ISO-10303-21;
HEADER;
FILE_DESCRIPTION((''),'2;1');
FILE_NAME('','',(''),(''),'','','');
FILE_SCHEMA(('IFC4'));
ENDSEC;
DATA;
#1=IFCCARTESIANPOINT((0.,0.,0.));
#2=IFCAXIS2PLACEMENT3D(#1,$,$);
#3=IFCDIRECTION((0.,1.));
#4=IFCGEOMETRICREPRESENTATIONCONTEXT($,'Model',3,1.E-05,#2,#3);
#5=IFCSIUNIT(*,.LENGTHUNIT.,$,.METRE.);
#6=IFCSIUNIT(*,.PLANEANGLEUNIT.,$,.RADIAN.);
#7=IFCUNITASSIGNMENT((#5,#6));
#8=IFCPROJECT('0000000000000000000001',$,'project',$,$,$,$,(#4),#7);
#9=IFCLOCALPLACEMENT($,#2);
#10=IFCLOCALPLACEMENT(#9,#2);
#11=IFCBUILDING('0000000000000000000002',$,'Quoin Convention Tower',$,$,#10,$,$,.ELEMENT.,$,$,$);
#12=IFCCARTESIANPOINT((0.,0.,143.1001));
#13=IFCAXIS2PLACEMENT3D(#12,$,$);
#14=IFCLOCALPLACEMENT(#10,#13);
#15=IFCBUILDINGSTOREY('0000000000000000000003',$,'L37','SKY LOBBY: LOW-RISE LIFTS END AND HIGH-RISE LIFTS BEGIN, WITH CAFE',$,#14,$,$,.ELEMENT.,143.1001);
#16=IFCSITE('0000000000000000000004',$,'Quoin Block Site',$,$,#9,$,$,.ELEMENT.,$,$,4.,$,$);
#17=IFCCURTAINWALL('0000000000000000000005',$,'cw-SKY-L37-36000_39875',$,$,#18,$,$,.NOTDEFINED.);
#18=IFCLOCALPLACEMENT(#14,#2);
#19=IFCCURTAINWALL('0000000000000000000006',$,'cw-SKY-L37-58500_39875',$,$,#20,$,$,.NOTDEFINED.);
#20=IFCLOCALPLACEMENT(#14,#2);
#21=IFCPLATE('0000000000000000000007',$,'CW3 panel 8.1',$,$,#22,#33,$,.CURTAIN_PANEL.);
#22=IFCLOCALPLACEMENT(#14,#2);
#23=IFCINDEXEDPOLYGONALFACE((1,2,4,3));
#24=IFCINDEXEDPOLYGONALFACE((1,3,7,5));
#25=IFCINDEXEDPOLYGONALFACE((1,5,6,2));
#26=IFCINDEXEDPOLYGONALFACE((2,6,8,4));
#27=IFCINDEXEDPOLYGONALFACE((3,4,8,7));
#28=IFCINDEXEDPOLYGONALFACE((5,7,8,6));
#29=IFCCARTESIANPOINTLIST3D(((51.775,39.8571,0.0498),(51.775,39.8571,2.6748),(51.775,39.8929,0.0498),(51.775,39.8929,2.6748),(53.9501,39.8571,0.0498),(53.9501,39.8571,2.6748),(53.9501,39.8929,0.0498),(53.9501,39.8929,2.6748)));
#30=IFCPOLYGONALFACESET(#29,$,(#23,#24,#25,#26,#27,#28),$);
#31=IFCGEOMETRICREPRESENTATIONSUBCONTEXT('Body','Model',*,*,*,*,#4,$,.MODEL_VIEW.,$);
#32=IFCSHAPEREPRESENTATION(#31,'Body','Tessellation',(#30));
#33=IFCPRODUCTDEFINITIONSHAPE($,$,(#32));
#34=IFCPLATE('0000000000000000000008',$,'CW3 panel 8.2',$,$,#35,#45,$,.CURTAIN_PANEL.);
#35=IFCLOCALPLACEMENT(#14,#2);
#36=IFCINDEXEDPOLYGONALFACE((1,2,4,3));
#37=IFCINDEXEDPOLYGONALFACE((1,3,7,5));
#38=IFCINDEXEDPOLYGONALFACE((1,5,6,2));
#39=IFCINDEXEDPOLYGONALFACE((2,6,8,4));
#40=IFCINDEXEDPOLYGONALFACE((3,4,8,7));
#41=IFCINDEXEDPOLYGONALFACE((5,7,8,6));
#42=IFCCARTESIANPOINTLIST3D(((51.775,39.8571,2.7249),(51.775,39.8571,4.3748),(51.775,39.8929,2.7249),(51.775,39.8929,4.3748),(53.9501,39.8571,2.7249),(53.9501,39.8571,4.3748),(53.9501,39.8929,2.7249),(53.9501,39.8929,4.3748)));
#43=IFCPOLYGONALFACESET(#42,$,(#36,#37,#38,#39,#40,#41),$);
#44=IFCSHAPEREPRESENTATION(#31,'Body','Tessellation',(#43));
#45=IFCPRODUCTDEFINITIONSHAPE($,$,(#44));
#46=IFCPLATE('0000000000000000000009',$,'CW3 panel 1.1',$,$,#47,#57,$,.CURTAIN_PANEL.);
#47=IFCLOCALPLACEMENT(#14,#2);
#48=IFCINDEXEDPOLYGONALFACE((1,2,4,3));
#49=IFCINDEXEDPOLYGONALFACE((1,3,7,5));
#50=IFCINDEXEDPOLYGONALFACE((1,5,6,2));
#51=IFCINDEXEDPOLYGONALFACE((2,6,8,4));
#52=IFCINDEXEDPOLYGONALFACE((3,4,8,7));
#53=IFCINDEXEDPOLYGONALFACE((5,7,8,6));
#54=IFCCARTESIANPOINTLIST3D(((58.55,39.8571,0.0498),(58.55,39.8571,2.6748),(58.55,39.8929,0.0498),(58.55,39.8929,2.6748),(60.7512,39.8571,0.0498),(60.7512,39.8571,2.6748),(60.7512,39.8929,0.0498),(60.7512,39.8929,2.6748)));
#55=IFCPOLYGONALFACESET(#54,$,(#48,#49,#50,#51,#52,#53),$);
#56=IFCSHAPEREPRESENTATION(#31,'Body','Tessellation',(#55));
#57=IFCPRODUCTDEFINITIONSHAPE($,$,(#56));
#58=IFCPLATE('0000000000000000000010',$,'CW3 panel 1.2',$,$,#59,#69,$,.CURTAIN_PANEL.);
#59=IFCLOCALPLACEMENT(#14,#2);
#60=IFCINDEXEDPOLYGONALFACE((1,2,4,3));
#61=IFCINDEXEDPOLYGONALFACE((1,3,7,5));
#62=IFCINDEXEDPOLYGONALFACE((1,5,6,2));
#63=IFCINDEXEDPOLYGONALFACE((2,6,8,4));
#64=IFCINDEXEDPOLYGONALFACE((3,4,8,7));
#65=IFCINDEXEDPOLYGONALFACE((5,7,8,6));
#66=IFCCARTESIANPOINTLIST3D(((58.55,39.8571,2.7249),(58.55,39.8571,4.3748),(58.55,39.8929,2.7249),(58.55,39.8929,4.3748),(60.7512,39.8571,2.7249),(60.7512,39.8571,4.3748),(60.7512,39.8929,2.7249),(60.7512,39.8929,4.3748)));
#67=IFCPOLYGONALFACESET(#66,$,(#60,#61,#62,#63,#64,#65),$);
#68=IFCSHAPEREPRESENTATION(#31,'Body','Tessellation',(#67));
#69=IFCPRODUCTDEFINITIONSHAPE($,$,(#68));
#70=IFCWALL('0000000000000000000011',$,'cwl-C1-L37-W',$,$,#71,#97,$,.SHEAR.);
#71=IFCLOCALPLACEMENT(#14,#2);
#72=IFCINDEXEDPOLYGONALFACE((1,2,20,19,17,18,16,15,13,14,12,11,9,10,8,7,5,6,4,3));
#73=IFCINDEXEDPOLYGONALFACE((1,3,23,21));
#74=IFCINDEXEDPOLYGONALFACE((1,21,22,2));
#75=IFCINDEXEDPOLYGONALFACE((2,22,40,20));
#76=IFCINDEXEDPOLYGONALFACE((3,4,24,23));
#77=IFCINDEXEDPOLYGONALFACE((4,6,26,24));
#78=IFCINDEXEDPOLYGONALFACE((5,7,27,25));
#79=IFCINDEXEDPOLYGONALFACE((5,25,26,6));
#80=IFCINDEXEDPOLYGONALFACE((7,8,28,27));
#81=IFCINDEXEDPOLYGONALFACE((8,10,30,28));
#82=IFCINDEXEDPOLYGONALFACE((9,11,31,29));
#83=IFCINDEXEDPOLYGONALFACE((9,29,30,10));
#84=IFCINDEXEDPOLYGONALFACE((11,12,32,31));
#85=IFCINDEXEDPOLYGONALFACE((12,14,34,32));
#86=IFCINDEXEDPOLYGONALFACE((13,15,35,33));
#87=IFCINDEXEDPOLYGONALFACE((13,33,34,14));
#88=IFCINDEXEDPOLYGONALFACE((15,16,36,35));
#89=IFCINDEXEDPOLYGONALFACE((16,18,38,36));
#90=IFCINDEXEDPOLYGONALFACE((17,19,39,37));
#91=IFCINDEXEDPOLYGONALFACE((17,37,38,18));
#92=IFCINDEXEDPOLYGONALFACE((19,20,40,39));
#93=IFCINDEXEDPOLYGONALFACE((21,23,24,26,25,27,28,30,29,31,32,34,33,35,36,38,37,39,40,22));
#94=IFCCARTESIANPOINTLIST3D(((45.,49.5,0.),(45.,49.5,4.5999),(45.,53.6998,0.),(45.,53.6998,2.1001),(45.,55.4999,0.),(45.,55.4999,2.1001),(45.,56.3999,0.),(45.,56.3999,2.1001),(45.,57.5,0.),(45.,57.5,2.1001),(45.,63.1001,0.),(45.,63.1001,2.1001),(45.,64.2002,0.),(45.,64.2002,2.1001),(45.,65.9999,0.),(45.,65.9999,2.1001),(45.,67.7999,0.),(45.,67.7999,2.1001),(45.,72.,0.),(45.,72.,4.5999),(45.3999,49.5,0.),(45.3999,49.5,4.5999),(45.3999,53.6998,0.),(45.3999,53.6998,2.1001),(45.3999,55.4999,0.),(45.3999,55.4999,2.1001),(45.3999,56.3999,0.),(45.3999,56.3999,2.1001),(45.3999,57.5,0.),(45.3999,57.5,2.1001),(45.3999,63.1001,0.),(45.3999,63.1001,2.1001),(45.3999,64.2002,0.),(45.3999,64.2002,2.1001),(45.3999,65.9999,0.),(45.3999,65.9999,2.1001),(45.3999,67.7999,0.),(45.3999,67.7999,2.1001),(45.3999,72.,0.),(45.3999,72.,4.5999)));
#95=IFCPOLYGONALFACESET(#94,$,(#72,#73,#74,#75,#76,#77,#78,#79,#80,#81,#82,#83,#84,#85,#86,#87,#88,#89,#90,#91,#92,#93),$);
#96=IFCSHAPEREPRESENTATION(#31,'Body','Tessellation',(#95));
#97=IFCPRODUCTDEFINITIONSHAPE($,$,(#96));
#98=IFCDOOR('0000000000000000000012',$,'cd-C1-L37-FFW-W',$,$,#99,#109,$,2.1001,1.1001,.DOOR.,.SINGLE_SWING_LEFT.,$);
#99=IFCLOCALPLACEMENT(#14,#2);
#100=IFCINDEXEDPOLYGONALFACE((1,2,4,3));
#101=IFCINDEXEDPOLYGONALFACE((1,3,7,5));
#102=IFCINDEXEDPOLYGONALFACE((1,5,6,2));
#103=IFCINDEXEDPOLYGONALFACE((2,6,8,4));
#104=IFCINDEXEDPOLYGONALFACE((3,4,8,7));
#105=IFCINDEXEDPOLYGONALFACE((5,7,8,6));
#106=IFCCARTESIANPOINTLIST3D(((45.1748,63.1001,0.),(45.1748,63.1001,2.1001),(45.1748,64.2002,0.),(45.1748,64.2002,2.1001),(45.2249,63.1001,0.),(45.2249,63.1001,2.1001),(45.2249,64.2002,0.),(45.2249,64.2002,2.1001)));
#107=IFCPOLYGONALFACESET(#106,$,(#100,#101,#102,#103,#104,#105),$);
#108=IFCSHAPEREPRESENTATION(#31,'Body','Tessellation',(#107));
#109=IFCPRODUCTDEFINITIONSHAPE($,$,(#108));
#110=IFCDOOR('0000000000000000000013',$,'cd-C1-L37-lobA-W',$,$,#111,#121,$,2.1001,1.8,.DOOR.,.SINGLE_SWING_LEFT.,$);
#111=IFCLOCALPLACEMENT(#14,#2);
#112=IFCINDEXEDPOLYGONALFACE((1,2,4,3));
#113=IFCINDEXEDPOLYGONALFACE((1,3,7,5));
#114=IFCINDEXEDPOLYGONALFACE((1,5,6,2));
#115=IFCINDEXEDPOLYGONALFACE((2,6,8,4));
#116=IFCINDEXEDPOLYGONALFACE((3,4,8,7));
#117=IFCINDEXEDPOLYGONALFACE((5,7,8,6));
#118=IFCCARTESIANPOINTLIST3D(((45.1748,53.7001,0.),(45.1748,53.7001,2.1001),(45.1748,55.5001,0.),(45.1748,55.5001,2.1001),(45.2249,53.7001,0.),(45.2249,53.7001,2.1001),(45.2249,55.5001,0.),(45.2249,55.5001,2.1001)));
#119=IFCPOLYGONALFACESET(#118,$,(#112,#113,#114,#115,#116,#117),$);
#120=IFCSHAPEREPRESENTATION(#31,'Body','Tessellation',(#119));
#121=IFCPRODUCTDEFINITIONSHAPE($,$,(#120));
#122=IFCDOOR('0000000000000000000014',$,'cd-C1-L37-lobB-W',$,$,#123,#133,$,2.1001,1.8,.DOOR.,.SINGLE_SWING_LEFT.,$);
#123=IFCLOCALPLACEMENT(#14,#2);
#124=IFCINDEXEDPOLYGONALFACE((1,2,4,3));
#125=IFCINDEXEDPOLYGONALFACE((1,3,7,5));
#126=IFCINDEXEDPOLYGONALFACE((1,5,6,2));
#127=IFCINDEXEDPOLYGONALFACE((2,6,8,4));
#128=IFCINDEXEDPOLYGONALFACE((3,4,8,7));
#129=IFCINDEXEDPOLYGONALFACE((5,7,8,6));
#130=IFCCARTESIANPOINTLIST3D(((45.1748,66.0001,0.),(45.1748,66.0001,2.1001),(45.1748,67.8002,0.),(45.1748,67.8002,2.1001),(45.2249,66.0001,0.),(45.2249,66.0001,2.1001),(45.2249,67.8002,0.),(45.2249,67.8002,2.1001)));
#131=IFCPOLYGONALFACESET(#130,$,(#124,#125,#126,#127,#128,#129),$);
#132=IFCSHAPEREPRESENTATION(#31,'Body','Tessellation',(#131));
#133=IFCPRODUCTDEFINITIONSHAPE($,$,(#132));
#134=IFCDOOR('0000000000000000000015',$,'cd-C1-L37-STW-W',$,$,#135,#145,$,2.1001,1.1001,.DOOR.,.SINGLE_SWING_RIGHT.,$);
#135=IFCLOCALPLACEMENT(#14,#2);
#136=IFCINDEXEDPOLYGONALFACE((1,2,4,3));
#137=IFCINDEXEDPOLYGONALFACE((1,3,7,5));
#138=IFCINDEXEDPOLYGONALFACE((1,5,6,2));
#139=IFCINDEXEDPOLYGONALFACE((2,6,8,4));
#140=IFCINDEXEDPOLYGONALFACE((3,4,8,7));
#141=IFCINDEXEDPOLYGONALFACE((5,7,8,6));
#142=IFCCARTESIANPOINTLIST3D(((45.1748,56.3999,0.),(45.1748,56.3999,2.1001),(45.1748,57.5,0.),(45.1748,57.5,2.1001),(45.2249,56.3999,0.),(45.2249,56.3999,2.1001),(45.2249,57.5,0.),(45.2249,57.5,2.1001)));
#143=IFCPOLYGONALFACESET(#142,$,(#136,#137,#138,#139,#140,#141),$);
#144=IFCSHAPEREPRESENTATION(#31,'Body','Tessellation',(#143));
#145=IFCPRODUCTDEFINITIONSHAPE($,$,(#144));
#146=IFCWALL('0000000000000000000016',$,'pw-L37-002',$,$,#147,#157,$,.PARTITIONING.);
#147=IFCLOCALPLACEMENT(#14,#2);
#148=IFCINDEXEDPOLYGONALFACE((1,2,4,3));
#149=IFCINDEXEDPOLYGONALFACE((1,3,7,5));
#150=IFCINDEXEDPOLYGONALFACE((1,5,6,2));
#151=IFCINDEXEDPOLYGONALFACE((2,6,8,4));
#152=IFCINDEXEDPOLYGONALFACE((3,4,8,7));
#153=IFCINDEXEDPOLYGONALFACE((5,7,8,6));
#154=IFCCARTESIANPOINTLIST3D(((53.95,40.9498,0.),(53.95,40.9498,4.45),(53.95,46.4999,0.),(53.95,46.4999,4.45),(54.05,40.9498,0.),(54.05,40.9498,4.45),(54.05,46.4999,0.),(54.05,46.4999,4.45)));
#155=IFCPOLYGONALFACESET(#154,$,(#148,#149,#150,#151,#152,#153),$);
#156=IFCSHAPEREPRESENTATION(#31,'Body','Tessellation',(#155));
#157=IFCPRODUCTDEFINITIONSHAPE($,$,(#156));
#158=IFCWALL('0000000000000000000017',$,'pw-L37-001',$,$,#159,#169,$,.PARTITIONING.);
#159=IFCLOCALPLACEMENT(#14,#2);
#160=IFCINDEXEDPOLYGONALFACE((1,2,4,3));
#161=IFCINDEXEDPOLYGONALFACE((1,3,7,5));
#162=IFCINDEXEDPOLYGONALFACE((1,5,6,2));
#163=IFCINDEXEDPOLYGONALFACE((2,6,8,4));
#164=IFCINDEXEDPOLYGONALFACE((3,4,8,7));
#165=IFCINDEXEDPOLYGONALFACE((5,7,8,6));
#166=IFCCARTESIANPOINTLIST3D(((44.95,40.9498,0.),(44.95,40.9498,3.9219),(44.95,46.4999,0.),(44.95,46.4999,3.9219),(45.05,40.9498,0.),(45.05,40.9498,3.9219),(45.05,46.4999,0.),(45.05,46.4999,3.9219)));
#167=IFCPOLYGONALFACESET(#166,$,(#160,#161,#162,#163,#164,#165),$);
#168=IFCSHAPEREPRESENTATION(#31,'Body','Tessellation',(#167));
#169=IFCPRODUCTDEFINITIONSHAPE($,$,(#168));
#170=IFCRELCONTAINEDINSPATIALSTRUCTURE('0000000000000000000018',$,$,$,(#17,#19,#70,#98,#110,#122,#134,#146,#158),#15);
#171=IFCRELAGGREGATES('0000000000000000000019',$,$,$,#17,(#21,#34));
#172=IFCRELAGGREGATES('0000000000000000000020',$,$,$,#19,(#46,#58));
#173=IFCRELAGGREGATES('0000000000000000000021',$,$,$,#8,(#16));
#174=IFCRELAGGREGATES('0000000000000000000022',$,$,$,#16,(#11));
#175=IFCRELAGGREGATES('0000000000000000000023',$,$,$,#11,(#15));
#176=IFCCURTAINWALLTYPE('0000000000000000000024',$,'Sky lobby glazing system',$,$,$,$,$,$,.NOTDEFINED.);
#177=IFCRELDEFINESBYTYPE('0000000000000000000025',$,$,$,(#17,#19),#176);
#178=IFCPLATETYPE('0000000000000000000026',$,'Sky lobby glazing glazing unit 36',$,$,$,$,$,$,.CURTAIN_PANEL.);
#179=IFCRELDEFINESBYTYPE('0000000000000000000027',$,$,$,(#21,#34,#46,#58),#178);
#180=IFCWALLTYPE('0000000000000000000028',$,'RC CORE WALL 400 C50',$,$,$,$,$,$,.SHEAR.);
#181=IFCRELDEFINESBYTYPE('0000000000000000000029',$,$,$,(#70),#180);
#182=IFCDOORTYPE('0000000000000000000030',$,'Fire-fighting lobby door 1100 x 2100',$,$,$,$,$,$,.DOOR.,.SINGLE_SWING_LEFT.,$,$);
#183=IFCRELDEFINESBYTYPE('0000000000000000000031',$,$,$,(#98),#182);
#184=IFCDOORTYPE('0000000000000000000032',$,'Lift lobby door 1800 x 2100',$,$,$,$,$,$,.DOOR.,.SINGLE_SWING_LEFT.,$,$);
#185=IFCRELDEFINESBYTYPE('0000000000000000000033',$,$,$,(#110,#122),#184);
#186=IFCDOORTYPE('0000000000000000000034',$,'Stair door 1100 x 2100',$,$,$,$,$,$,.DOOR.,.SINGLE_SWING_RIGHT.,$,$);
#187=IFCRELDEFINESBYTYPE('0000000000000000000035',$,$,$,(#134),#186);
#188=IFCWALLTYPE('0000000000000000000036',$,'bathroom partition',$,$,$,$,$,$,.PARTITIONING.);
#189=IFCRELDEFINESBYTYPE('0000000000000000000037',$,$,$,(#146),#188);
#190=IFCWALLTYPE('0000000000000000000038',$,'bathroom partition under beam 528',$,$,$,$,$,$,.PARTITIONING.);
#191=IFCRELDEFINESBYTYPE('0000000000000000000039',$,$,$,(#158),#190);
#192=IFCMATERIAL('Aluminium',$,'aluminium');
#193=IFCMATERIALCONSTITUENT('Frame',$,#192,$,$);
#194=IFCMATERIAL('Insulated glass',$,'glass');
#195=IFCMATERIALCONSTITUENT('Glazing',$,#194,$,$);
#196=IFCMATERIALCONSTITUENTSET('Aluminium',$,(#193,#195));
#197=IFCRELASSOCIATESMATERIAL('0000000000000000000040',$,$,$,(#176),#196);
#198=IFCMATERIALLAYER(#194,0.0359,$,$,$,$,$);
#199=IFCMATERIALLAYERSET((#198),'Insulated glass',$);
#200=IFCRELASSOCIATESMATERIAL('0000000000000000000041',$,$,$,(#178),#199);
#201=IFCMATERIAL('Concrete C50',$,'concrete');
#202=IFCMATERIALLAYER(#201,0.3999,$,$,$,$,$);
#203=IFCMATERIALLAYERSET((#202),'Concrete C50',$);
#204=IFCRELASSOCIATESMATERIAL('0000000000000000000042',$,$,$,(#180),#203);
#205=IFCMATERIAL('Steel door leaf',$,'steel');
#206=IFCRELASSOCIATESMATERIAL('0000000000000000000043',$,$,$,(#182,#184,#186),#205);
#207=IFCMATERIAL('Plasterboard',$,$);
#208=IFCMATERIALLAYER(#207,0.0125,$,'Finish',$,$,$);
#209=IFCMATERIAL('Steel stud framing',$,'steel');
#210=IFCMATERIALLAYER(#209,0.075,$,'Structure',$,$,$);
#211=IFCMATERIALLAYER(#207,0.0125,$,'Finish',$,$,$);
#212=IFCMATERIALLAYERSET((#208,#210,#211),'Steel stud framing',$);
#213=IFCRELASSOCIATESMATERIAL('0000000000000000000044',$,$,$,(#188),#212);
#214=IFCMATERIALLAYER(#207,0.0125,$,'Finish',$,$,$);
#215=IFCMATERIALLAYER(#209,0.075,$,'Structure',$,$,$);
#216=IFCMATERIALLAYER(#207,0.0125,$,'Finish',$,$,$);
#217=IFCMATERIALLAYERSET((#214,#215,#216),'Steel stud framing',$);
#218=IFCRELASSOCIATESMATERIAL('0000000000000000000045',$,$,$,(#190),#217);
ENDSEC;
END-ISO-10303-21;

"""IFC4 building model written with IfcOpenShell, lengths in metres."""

from ifc_helpers import new_model, si_unit, direction, frame, frame_2d, origin, origin_2d, place, context, subcontext, project, spatial, rectangle, extrude, material, layer, layer_set, constituent, constituent_set, type_object, element, fill, aggregate, save


model = new_model("IFC4")

# Units and contexts
model_context = context("Model", 3, precision=1e-05, world=origin(), true_north=direction((0.0, 1.0)))
body_context = subcontext(model_context, "Body", "Model", "MODEL_VIEW")
ifc_project = project(units=[si_unit("LENGTHUNIT", "METRE"), si_unit("PLANEANGLEUNIT", "RADIAN")], contexts=[model_context])

# Site, building, storey
site_placement = place(None, origin())
site = spatial("IfcSite", under=ifc_project, at=site_placement, Name="Quoin Block Site", CompositionType="ELEMENT", RefElevation=4.0)
building_placement = place(site_placement, origin())
building = spatial("IfcBuilding", under=site, at=building_placement, Name="Quoin Convention Tower", CompositionType="ELEMENT")
storey_placement = place(building_placement, frame((0.0, 0.0, 143.1001)))
storey = spatial("IfcBuildingStorey", under=building, at=storey_placement, Name="L37", Description="SKY LOBBY: LOW-RISE LIFTS END AND HIGH-RISE LIFTS BEGIN, WITH CAFE", CompositionType="ELEMENT", Elevation=143.1001)

# Shared definitions
ifc_material_1 = material(Name="Concrete C50", Category="concrete")

# Curtain walls
ifc_material_2 = material(Name="Aluminium", Category="aluminium")
ifc_constituent_1 = constituent(ifc_material_2, Name="Frame")
ifc_material_3 = material(Name="Insulated glass", Category="glass")
ifc_constituent_2 = constituent(ifc_material_3, Name="Glazing")
ifc_constituent_set_1 = constituent_set(constituents=[ifc_constituent_1, ifc_constituent_2], Name="Aluminium")
curtain_wall_type = type_object("IfcCurtainWallType", Name="Sky lobby glazing system", PredefinedType="NOTDEFINED", material=ifc_constituent_set_1)
curtain_wall_1_placement = place(storey_placement, origin())
curtain_wall_1 = element("IfcCurtainWall", 1, at=curtain_wall_1_placement, inside=storey, type_object=curtain_wall_type, Name="cw-SKY-L37-36000_39875", PredefinedType="NOTDEFINED")
curtain_wall_2_placement = place(storey_placement, origin())
curtain_wall_2 = element("IfcCurtainWall", 2, at=curtain_wall_2_placement, inside=storey, type_object=curtain_wall_type, Name="cw-SKY-L37-58500_39875", PredefinedType="NOTDEFINED")

# Plates
ifc_layer_1 = layer(ifc_material_3, 0.0359)
ifc_layer_set_1 = layer_set([ifc_layer_1], Name="Insulated glass")
plate_type = type_object("IfcPlateType", Name="Sky lobby glazing glazing unit 36", PredefinedType="CURTAIN_PANEL", material=ifc_layer_set_1)
plate_1_placement = place(storey_placement, frame((52.8625, 39.875, 0.0498), z_axis=(0.0, 0.0, 1.0), x_axis=(1.0, 0.0, 0.0)))
plate_1 = element("IfcPlate", 3, at=plate_1_placement, type_object=plate_type, Name="CW3 panel 8.1", PredefinedType="CURTAIN_PANEL", context=body_context, shape_type="SweptSolid", body=[
    extrude(rectangle(XDim=2.175, YDim=0.0359, at=origin_2d()), origin(), (0.0, 0.0, 1.0), 2.625),
])
plate_2_placement = place(storey_placement, frame((52.8625, 39.875, 2.7249), z_axis=(0.0, 0.0, 1.0), x_axis=(1.0, 0.0, 0.0)))
plate_2 = element("IfcPlate", 4, at=plate_2_placement, type_object=plate_type, Name="CW3 panel 8.2", PredefinedType="CURTAIN_PANEL", context=body_context, shape_type="SweptSolid", body=[
    extrude(rectangle(XDim=2.175, YDim=0.0359, at=origin_2d()), origin(), (0.0, 0.0, 1.0), 1.6499),
])
aggregate(curtain_wall_1, [plate_1, plate_2])
plate_3_placement = place(storey_placement, frame((59.6506, 39.875, 0.0498), z_axis=(0.0, 0.0, 1.0), x_axis=(1.0, 0.0, 0.0)))
plate_3 = element("IfcPlate", 5, at=plate_3_placement, type_object=plate_type, Name="CW3 panel 1.1", PredefinedType="CURTAIN_PANEL", context=body_context, shape_type="SweptSolid", body=[
    extrude(rectangle(XDim=2.2012, YDim=0.0359, at=origin_2d()), origin(), (0.0, 0.0, 1.0), 2.625),
])
plate_4_placement = place(storey_placement, frame((59.6506, 39.875, 2.7249), z_axis=(0.0, 0.0, 1.0), x_axis=(1.0, 0.0, 0.0)))
plate_4 = element("IfcPlate", 6, at=plate_4_placement, type_object=plate_type, Name="CW3 panel 1.2", PredefinedType="CURTAIN_PANEL", context=body_context, shape_type="SweptSolid", body=[
    extrude(rectangle(XDim=2.2012, YDim=0.0359, at=origin_2d()), origin(), (0.0, 0.0, 1.0), 1.6499),
])
aggregate(curtain_wall_2, [plate_3, plate_4])

# Wall, openings, doors
ifc_layer_2 = layer(ifc_material_1, 0.3999)
ifc_layer_set_2 = layer_set([ifc_layer_2], Name="Concrete C50")
wall_type_1 = type_object("IfcWallType", Name="RC CORE WALL 400 C50", PredefinedType="SHEAR", material=ifc_layer_set_2)
wall_1_placement = place(storey_placement, frame((45.2, 49.5, 0.0), z_axis=(0.0, 0.0, 1.0), x_axis=(0.0, 1.0, 0.0)))
wall_1 = element("IfcWall", 7, at=wall_1_placement, inside=storey, type_object=wall_type_1, Name="cwl-C1-L37-W", PredefinedType="SHEAR", context=body_context, shape_type="SweptSolid", body=[
    extrude(rectangle(XDim=22.5, YDim=0.3999, at=frame_2d((11.25, 0.0))), origin(), (0.0, 0.0, 1.0), 4.5999),
])
opening_1_placement = place(wall_1_placement, frame((4.2, 0.0, 0.0)))
opening_1 = element("IfcOpeningElement", 8, at=opening_1_placement, cuts=wall_1, PredefinedType="OPENING", context=body_context, shape_type="SweptSolid", body=[
    extrude(rectangle(XDim=1.8, YDim=2.1001, at=frame_2d((0.8999, 1.05))), frame((0.0, 0.21, 0.0), z_axis=(0.0, -1.0, 0.0), x_axis=(1.0, 0.0, 0.0)), (0.0, 0.0, 1.0), 0.4199),
])
opening_2_placement = place(wall_1_placement, frame((6.8999, 0.0, 0.0)))
opening_2 = element("IfcOpeningElement", 9, at=opening_2_placement, cuts=wall_1, PredefinedType="OPENING", context=body_context, shape_type="SweptSolid", body=[
    extrude(rectangle(XDim=1.1001, YDim=2.1001, at=frame_2d((0.55, 1.05))), frame((0.0, 0.21, 0.0), z_axis=(0.0, -1.0, 0.0), x_axis=(1.0, 0.0, 0.0)), (0.0, 0.0, 1.0), 0.4199),
])
opening_3_placement = place(wall_1_placement, frame((13.6001, 0.0, 0.0)))
opening_3 = element("IfcOpeningElement", 10, at=opening_3_placement, cuts=wall_1, PredefinedType="OPENING", context=body_context, shape_type="SweptSolid", body=[
    extrude(rectangle(XDim=1.1001, YDim=2.1001, at=frame_2d((0.55, 1.05))), frame((0.0, 0.21, 0.0), z_axis=(0.0, -1.0, 0.0), x_axis=(1.0, 0.0, 0.0)), (0.0, 0.0, 1.0), 0.4199),
])
opening_4_placement = place(wall_1_placement, frame((16.5, 0.0, 0.0)))
opening_4 = element("IfcOpeningElement", 11, at=opening_4_placement, cuts=wall_1, PredefinedType="OPENING", context=body_context, shape_type="SweptSolid", body=[
    extrude(rectangle(XDim=1.8, YDim=2.1001, at=frame_2d((0.8999, 1.05))), frame((0.0, 0.21, 0.0), z_axis=(0.0, -1.0, 0.0), x_axis=(1.0, 0.0, 0.0)), (0.0, 0.0, 1.0), 0.4199),
])
ifc_material_4 = material(Name="Steel door leaf", Category="steel")
door_type_1 = type_object("IfcDoorType", Name="Fire-fighting lobby door 1100 x 2100", OperationType="SINGLE_SWING_LEFT", PredefinedType="DOOR", material=ifc_material_4)
door_1_placement = place(opening_3_placement, frame((1.1001, 0.0, 0.0), z_axis=(0.0, 0.0, 1.0), x_axis=(-1.0, 0.0, 0.0)))
door_1 = element("IfcDoor", 12, at=door_1_placement, inside=storey, type_object=door_type_1, Name="cd-C1-L37-FFW-W", OperationType="SINGLE_SWING_LEFT", OverallHeight=2.1001, OverallWidth=1.1001, PredefinedType="DOOR", context=body_context, shape_type="SweptSolid", body=[
    extrude(rectangle(XDim=1.1001, YDim=2.1001, at=frame_2d((0.55, 1.05))), frame((0.0, 0.0249, 0.0), z_axis=(0.0, -1.0, 0.0), x_axis=(1.0, 0.0, 0.0)), (0.0, 0.0, 1.0), 0.05),
])
fill(opening_3, door_1)
door_type_2 = type_object("IfcDoorType", Name="Lift lobby door 1800 x 2100", OperationType="SINGLE_SWING_LEFT", PredefinedType="DOOR", material=ifc_material_4)
door_2_placement = place(opening_1_placement, frame((1.8, 0.0, 0.0), z_axis=(0.0, 0.0, 1.0), x_axis=(-1.0, 0.0, 0.0)))
door_2 = element("IfcDoor", 13, at=door_2_placement, inside=storey, type_object=door_type_2, Name="cd-C1-L37-lobA-W", OperationType="SINGLE_SWING_LEFT", OverallHeight=2.1001, OverallWidth=1.8, PredefinedType="DOOR", context=body_context, shape_type="SweptSolid", body=[
    extrude(rectangle(XDim=1.8, YDim=2.1001, at=frame_2d((0.8999, 1.05))), frame((0.0, 0.0249, 0.0), z_axis=(0.0, -1.0, 0.0), x_axis=(1.0, 0.0, 0.0)), (0.0, 0.0, 1.0), 0.05),
])
fill(opening_1, door_2)
door_3_placement = place(opening_4_placement, frame((1.8, 0.0, 0.0), z_axis=(0.0, 0.0, 1.0), x_axis=(-1.0, 0.0, 0.0)))
door_3 = element("IfcDoor", 14, at=door_3_placement, inside=storey, type_object=door_type_2, Name="cd-C1-L37-lobB-W", OperationType="SINGLE_SWING_LEFT", OverallHeight=2.1001, OverallWidth=1.8, PredefinedType="DOOR", context=body_context, shape_type="SweptSolid", body=[
    extrude(rectangle(XDim=1.8, YDim=2.1001, at=frame_2d((0.8999, 1.05))), frame((0.0, 0.0249, 0.0), z_axis=(0.0, -1.0, 0.0), x_axis=(1.0, 0.0, 0.0)), (0.0, 0.0, 1.0), 0.05),
])
fill(opening_4, door_3)
door_type_3 = type_object("IfcDoorType", Name="Stair door 1100 x 2100", OperationType="SINGLE_SWING_RIGHT", PredefinedType="DOOR", material=ifc_material_4)
door_4_placement = place(opening_2_placement, frame((1.1001, 0.0, 0.0), z_axis=(0.0, 0.0, 1.0), x_axis=(-1.0, 0.0, 0.0)))
door_4 = element("IfcDoor", 15, at=door_4_placement, inside=storey, type_object=door_type_3, Name="cd-C1-L37-STW-W", OperationType="SINGLE_SWING_RIGHT", OverallHeight=2.1001, OverallWidth=1.1001, PredefinedType="DOOR", context=body_context, shape_type="SweptSolid", body=[
    extrude(rectangle(XDim=1.1001, YDim=2.1001, at=frame_2d((0.55, 1.05))), frame((0.0, 0.0249, 0.0), z_axis=(0.0, -1.0, 0.0), x_axis=(1.0, 0.0, 0.0)), (0.0, 0.0, 1.0), 0.05),
])
fill(opening_2, door_4)

# Walls
ifc_material_5 = material(Name="Plasterboard")
ifc_layer_3 = layer(ifc_material_5, 0.0125, Name="Finish")
ifc_material_6 = material(Name="Steel stud framing", Category="steel")
ifc_layer_4 = layer(ifc_material_6, 0.075, Name="Structure")
ifc_layer_5 = layer(ifc_material_5, 0.0125, Name="Finish")
ifc_layer_set_3 = layer_set([ifc_layer_3, ifc_layer_4, ifc_layer_5], Name="Steel stud framing")
wall_type_2 = type_object("IfcWallType", Name="bathroom partition", PredefinedType="PARTITIONING", material=ifc_layer_set_3)
wall_2_placement = place(storey_placement, frame((54.0, 40.95, 0.0), z_axis=(0.0, 0.0, 1.0), x_axis=(0.0, 1.0, 0.0)))
element("IfcWall", 16, at=wall_2_placement, inside=storey, type_object=wall_type_2, Name="pw-L37-002", PredefinedType="PARTITIONING", context=body_context, shape_type="SweptSolid", body=[
    extrude(rectangle(XDim=5.55, YDim=0.1001, at=frame_2d((2.7749, 0.0))), origin(), (0.0, 0.0, 1.0), 4.45),
])
ifc_layer_6 = layer(ifc_material_5, 0.0125, Name="Finish")
ifc_layer_7 = layer(ifc_material_6, 0.075, Name="Structure")
ifc_layer_8 = layer(ifc_material_5, 0.0125, Name="Finish")
ifc_layer_set_4 = layer_set([ifc_layer_6, ifc_layer_7, ifc_layer_8], Name="Steel stud framing")
wall_type_3 = type_object("IfcWallType", Name="bathroom partition under beam 528", PredefinedType="PARTITIONING", material=ifc_layer_set_4)
wall_3_placement = place(storey_placement, frame((45.0, 40.95, 0.0), z_axis=(0.0, 0.0, 1.0), x_axis=(0.0, 1.0, 0.0)))
element("IfcWall", 17, at=wall_3_placement, inside=storey, type_object=wall_type_3, Name="pw-L37-001", PredefinedType="PARTITIONING", context=body_context, shape_type="SweptSolid", body=[
    extrude(rectangle(XDim=5.55, YDim=0.1001, at=frame_2d((2.7749, 0.0))), origin(), (0.0, 0.0, 1.0), 3.9219),
])

save(model, "model.ifc")
